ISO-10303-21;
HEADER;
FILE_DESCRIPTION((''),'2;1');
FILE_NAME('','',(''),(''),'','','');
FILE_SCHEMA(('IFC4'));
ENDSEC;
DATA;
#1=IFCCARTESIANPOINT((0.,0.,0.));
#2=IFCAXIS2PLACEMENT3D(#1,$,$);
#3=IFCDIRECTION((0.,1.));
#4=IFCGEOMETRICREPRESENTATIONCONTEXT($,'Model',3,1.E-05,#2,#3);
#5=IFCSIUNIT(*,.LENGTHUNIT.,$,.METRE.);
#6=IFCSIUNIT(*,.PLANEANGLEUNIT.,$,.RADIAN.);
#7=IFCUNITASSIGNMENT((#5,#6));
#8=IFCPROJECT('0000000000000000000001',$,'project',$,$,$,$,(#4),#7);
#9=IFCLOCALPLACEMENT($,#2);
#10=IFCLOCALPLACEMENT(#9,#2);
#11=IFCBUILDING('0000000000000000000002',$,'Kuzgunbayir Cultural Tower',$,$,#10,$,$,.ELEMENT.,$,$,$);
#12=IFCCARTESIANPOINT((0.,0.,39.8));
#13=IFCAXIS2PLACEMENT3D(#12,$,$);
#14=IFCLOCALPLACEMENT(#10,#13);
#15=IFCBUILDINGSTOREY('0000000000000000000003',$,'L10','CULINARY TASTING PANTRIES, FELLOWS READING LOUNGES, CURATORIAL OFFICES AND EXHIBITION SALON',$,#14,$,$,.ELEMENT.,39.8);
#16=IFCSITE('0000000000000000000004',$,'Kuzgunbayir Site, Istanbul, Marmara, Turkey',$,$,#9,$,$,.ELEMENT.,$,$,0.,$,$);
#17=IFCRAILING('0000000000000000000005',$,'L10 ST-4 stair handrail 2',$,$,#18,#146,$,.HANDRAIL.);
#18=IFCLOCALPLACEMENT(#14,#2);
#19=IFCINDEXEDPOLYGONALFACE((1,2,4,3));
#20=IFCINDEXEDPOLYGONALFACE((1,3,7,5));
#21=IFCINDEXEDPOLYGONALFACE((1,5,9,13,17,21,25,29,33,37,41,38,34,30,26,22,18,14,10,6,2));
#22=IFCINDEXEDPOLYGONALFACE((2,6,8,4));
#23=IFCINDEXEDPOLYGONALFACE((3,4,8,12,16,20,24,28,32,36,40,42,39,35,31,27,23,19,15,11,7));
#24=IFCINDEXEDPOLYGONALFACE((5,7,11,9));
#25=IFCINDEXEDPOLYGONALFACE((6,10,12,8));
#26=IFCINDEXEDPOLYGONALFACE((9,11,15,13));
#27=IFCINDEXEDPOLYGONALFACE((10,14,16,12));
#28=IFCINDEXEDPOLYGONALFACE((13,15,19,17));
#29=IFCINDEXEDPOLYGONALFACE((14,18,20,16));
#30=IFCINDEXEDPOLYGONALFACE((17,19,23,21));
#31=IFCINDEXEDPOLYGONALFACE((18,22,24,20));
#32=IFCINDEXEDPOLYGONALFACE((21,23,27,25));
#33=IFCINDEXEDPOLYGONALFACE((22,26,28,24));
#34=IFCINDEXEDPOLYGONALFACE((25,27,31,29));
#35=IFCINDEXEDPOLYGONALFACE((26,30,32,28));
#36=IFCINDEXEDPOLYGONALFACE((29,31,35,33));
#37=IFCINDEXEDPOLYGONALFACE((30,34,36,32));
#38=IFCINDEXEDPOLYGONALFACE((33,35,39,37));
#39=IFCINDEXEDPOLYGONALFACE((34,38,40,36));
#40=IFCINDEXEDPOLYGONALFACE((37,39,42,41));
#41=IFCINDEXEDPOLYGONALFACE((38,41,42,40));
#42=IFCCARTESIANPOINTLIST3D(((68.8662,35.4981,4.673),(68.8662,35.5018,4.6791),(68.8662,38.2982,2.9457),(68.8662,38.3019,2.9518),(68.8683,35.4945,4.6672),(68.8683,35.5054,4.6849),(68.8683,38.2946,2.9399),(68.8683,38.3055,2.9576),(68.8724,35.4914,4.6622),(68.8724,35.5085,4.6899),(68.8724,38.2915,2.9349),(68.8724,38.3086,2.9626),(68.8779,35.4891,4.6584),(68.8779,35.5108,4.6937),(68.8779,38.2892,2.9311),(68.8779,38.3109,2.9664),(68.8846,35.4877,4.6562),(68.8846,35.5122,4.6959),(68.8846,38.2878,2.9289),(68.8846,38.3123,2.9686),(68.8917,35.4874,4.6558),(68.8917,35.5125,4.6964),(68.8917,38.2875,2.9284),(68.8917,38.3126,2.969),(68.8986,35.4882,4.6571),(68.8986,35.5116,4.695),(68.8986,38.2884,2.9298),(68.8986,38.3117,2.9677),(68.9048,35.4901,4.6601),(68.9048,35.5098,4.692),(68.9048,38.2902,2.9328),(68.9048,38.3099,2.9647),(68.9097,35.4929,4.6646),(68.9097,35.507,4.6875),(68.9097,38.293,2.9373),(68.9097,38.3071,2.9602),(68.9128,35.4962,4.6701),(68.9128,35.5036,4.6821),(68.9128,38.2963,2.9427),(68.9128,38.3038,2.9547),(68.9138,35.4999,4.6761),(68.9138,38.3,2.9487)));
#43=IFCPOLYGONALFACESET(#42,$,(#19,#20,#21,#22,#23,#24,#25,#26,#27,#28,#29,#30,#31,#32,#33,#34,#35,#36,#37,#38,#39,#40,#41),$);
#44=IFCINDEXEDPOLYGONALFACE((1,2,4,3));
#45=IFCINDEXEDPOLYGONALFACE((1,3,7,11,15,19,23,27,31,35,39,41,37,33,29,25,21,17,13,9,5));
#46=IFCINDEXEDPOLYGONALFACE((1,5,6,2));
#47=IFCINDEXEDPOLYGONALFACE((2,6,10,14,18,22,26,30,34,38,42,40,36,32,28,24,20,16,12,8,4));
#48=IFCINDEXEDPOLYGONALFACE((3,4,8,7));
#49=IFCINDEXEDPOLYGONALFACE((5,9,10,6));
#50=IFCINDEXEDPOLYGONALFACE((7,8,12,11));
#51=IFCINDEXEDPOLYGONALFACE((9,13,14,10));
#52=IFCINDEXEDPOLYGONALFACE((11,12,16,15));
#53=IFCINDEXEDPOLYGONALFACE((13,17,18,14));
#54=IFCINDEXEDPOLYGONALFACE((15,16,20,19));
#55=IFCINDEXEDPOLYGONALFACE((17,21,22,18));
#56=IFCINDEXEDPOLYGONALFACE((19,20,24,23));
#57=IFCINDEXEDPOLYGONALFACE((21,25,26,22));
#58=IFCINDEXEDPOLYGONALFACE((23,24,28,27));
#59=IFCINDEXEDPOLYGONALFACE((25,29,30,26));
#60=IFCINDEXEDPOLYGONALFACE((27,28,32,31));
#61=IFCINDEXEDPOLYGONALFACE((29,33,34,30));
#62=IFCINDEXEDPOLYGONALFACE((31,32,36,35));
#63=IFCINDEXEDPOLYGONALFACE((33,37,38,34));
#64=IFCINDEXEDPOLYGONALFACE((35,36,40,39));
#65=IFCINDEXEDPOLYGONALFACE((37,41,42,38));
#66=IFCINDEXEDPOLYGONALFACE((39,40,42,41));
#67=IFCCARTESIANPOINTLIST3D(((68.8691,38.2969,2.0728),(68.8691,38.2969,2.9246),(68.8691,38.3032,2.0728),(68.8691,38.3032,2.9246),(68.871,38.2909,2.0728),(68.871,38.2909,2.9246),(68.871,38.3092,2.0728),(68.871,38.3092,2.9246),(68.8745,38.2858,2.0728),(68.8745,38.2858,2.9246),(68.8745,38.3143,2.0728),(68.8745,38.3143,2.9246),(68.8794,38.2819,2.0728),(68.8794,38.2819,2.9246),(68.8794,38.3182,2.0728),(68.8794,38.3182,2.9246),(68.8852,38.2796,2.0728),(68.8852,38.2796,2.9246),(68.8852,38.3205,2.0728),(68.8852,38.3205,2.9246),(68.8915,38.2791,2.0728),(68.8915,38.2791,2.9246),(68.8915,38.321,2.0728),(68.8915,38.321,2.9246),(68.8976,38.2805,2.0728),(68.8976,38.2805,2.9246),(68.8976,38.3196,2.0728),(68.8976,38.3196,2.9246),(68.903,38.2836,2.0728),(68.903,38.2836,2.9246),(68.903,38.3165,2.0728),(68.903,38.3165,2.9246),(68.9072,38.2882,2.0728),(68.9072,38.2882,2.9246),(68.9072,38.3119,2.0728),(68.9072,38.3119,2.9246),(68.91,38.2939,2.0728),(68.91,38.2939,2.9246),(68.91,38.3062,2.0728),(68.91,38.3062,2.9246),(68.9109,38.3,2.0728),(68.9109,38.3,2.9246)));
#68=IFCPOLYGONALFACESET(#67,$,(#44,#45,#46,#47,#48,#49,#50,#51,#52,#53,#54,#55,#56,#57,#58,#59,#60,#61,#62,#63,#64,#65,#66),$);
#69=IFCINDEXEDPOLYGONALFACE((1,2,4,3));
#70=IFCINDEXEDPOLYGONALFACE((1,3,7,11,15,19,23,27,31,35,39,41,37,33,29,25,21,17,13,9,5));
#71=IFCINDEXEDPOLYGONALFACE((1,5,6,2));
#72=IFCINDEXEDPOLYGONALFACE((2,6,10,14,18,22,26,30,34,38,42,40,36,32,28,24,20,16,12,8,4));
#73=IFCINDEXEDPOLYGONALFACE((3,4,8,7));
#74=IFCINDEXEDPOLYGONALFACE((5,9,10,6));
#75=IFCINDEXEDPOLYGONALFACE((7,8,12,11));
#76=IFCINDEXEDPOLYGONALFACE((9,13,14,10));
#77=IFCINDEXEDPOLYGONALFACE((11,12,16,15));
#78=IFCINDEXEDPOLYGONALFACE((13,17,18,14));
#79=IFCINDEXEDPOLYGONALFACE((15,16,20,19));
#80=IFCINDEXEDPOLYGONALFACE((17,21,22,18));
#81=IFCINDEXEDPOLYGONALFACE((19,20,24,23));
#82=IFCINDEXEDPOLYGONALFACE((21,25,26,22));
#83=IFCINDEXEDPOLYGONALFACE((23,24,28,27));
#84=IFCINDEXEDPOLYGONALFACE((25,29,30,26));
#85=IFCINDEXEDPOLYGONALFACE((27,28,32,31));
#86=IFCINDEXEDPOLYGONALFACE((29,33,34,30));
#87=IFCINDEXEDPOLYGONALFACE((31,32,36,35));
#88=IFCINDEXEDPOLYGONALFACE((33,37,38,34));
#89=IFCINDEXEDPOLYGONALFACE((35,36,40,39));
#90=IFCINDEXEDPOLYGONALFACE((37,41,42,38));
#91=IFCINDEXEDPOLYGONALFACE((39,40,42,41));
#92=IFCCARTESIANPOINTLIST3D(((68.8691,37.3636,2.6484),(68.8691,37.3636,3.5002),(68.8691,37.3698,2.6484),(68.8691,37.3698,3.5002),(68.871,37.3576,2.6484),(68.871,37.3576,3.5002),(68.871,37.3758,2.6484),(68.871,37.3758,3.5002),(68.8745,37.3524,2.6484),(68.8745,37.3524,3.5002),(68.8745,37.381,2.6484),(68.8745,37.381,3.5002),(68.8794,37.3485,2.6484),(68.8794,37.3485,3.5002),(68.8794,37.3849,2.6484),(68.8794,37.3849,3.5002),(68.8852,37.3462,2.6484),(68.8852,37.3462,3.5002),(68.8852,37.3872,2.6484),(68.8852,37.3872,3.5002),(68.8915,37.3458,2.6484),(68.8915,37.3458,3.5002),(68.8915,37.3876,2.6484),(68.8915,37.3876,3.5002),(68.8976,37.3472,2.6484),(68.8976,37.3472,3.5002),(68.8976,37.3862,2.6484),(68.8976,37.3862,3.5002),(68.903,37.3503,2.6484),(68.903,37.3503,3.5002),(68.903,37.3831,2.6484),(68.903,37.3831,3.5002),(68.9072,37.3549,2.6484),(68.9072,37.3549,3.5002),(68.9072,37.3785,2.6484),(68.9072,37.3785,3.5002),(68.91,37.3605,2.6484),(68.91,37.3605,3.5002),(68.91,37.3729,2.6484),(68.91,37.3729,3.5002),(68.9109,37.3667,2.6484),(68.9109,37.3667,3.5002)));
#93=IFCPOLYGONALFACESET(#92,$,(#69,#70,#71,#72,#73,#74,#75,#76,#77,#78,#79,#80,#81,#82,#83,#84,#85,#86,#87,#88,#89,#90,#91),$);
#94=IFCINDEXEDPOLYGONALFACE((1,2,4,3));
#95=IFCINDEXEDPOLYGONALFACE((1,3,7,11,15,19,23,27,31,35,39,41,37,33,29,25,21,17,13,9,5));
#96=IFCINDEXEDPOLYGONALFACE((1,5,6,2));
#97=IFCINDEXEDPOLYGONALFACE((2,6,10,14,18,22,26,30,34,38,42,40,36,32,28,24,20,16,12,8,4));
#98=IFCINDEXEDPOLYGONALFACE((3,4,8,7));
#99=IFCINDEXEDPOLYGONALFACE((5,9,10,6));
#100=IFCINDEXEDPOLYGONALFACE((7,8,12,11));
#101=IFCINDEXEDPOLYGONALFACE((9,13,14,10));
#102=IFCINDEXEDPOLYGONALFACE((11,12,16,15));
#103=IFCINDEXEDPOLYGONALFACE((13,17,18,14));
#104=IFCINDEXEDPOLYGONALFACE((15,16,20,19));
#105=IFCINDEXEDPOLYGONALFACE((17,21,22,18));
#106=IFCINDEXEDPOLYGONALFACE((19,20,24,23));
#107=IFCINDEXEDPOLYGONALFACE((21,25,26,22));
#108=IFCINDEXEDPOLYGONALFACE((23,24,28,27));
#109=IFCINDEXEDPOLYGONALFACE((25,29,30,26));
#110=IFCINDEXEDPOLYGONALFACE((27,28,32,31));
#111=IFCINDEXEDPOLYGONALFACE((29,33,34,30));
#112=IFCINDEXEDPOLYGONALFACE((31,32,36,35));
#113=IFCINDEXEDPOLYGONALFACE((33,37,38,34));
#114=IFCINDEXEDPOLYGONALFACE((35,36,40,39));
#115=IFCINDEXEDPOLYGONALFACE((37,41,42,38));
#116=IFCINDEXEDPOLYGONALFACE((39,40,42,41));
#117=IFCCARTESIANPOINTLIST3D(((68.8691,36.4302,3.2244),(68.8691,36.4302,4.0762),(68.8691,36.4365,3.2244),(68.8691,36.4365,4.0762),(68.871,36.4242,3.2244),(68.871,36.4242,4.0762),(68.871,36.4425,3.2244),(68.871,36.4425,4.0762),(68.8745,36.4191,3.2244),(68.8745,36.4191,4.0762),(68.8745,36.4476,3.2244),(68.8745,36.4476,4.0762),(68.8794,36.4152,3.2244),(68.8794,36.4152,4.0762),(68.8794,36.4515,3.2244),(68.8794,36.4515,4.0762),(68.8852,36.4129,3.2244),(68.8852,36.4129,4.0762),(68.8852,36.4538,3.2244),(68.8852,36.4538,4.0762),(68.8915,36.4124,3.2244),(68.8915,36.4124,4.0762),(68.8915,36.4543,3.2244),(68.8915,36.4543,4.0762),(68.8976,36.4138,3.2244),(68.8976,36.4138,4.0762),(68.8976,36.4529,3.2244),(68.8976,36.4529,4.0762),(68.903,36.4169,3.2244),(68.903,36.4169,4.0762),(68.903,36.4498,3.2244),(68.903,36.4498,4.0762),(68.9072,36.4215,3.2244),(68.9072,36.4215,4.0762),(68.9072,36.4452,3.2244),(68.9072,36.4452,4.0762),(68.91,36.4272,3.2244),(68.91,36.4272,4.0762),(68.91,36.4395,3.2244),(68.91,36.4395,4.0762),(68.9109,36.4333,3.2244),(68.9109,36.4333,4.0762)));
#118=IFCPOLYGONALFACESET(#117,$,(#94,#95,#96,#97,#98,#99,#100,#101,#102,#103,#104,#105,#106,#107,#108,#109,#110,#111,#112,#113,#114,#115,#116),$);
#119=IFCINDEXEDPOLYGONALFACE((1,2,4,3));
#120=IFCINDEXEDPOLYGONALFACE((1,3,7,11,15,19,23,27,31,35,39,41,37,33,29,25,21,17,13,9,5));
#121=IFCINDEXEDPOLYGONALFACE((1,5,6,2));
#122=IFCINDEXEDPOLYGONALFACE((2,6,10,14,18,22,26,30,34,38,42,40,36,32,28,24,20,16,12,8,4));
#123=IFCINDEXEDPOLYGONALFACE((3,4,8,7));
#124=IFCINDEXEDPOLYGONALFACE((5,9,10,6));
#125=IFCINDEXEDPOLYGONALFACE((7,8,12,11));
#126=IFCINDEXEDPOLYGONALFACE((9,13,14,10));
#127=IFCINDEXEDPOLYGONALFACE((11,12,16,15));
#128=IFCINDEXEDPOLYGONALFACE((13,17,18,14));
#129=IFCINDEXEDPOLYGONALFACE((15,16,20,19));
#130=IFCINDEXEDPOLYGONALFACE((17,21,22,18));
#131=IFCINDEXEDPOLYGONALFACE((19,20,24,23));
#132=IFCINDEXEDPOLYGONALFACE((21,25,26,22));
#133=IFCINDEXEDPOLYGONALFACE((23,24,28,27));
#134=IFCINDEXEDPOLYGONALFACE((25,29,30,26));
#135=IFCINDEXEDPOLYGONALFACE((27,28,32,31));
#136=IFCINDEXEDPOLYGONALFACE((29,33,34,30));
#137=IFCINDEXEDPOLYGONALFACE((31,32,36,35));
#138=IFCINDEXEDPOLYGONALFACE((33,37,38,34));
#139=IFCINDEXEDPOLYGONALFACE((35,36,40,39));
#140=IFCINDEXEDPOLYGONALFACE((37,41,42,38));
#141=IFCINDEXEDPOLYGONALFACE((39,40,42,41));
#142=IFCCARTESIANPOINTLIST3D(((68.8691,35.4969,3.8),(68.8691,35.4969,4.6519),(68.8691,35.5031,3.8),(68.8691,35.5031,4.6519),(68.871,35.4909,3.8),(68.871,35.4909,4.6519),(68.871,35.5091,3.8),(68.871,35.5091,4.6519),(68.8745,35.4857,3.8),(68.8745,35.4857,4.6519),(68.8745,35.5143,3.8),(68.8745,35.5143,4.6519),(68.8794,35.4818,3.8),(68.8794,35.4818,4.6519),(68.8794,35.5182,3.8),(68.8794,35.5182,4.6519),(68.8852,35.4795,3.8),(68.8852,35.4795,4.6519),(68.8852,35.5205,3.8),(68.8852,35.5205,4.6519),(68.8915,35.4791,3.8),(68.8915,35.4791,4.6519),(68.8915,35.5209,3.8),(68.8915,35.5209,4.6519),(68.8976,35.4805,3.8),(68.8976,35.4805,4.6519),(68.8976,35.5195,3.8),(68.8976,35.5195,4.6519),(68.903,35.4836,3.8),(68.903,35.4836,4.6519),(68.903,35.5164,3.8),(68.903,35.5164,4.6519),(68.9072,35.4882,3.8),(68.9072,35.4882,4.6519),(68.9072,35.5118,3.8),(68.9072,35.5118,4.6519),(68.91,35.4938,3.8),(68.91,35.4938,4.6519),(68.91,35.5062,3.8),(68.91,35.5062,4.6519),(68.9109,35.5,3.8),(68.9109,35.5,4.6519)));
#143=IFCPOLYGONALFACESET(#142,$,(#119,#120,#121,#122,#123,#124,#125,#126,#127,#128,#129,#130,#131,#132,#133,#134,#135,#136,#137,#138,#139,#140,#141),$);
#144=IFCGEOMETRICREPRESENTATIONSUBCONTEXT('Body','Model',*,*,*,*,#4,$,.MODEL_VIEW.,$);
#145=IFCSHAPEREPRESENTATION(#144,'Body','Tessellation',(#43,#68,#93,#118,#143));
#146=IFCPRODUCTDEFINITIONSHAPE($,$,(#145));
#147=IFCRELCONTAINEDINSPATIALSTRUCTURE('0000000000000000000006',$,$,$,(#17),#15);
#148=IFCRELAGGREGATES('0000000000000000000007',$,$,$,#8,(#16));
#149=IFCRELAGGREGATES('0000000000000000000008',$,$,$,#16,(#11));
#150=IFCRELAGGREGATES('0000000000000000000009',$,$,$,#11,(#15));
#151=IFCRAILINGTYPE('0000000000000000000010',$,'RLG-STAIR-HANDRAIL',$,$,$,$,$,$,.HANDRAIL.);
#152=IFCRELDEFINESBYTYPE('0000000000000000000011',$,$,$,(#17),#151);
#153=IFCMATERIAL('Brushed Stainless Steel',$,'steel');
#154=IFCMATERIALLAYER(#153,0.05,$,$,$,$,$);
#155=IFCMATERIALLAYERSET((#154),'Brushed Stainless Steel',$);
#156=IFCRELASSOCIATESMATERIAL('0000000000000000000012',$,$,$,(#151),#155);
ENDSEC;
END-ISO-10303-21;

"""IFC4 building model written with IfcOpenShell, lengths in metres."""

from ifc_helpers import new_model, si_unit, direction, frame, origin, origin_2d, place, context, subcontext, project, spatial, circle, extrude, material, layer, layer_set, type_object, element, save


model = new_model("IFC4")

# Units and contexts
model_context = context("Model", 3, precision=1e-05, world=origin(), true_north=direction((0.0, 1.0)))
body_context = subcontext(model_context, "Body", "Model", "MODEL_VIEW")
ifc_project = project(units=[si_unit("LENGTHUNIT", "METRE"), si_unit("PLANEANGLEUNIT", "RADIAN")], contexts=[model_context])

# Site, building, storey
site_placement = place(None, origin())
site = spatial("IfcSite", under=ifc_project, at=site_placement, Name="Kuzgunbayir Site, Istanbul, Marmara, Turkey", CompositionType="ELEMENT", RefElevation=0.0)
building_placement = place(site_placement, origin())
building = spatial("IfcBuilding", under=site, at=building_placement, Name="Kuzgunbayir Cultural Tower", CompositionType="ELEMENT")
storey_placement = place(building_placement, frame((0.0, 0.0, 39.8)))
storey = spatial("IfcBuildingStorey", under=building, at=storey_placement, Name="L10", Description="CULINARY TASTING PANTRIES, FELLOWS READING LOUNGES, CURATORIAL OFFICES AND EXHIBITION SALON", CompositionType="ELEMENT", Elevation=39.8)

# Shared definitions
ifc_material_1 = material(Name="Brushed Stainless Steel", Category="steel")

# Railing
ifc_layer_1 = layer(ifc_material_1, 0.05)
ifc_layer_set_1 = layer_set([ifc_layer_1], Name="Brushed Stainless Steel")
railing_type_1 = type_object("IfcRailingType", Name="RLG-STAIR-HANDRAIL", PredefinedType="HANDRAIL", material=ifc_layer_set_1)
railing_1_placement = place(storey_placement, frame((68.8899, 38.3, 2.0728)))
element("IfcRailing", 1, at=railing_1_placement, inside=storey, type_object=railing_type_1, Name="L10 ST-4 stair handrail 2", PredefinedType="HANDRAIL", context=body_context, shape_type="SweptSolid", body=[
    extrude(circle(Radius=0.0239, at=origin_2d()), frame((0.0, 0.0, 0.876), z_axis=(0.0, -0.85109, 0.52502), x_axis=(1.0, 0.0, 0.0)), (0.0, 0.0, 1.0), 3.29),
    extrude(circle(Radius=0.021, at=origin_2d()), origin(), (0.0, 0.0, 1.0), 0.8518),
    extrude(circle(Radius=0.021, at=origin_2d()), frame((0.0, -0.9333, 0.5757)), (0.0, 0.0, 1.0), 0.8518),
    extrude(circle(Radius=0.021, at=origin_2d()), frame((0.0, -1.8667, 1.1516)), (0.0, 0.0, 1.0), 0.8518),
    extrude(circle(Radius=0.021, at=origin_2d()), frame((0.0, -2.8, 1.7273)), (0.0, 0.0, 1.0), 0.8518),
])

save(model, "model.ifc")
